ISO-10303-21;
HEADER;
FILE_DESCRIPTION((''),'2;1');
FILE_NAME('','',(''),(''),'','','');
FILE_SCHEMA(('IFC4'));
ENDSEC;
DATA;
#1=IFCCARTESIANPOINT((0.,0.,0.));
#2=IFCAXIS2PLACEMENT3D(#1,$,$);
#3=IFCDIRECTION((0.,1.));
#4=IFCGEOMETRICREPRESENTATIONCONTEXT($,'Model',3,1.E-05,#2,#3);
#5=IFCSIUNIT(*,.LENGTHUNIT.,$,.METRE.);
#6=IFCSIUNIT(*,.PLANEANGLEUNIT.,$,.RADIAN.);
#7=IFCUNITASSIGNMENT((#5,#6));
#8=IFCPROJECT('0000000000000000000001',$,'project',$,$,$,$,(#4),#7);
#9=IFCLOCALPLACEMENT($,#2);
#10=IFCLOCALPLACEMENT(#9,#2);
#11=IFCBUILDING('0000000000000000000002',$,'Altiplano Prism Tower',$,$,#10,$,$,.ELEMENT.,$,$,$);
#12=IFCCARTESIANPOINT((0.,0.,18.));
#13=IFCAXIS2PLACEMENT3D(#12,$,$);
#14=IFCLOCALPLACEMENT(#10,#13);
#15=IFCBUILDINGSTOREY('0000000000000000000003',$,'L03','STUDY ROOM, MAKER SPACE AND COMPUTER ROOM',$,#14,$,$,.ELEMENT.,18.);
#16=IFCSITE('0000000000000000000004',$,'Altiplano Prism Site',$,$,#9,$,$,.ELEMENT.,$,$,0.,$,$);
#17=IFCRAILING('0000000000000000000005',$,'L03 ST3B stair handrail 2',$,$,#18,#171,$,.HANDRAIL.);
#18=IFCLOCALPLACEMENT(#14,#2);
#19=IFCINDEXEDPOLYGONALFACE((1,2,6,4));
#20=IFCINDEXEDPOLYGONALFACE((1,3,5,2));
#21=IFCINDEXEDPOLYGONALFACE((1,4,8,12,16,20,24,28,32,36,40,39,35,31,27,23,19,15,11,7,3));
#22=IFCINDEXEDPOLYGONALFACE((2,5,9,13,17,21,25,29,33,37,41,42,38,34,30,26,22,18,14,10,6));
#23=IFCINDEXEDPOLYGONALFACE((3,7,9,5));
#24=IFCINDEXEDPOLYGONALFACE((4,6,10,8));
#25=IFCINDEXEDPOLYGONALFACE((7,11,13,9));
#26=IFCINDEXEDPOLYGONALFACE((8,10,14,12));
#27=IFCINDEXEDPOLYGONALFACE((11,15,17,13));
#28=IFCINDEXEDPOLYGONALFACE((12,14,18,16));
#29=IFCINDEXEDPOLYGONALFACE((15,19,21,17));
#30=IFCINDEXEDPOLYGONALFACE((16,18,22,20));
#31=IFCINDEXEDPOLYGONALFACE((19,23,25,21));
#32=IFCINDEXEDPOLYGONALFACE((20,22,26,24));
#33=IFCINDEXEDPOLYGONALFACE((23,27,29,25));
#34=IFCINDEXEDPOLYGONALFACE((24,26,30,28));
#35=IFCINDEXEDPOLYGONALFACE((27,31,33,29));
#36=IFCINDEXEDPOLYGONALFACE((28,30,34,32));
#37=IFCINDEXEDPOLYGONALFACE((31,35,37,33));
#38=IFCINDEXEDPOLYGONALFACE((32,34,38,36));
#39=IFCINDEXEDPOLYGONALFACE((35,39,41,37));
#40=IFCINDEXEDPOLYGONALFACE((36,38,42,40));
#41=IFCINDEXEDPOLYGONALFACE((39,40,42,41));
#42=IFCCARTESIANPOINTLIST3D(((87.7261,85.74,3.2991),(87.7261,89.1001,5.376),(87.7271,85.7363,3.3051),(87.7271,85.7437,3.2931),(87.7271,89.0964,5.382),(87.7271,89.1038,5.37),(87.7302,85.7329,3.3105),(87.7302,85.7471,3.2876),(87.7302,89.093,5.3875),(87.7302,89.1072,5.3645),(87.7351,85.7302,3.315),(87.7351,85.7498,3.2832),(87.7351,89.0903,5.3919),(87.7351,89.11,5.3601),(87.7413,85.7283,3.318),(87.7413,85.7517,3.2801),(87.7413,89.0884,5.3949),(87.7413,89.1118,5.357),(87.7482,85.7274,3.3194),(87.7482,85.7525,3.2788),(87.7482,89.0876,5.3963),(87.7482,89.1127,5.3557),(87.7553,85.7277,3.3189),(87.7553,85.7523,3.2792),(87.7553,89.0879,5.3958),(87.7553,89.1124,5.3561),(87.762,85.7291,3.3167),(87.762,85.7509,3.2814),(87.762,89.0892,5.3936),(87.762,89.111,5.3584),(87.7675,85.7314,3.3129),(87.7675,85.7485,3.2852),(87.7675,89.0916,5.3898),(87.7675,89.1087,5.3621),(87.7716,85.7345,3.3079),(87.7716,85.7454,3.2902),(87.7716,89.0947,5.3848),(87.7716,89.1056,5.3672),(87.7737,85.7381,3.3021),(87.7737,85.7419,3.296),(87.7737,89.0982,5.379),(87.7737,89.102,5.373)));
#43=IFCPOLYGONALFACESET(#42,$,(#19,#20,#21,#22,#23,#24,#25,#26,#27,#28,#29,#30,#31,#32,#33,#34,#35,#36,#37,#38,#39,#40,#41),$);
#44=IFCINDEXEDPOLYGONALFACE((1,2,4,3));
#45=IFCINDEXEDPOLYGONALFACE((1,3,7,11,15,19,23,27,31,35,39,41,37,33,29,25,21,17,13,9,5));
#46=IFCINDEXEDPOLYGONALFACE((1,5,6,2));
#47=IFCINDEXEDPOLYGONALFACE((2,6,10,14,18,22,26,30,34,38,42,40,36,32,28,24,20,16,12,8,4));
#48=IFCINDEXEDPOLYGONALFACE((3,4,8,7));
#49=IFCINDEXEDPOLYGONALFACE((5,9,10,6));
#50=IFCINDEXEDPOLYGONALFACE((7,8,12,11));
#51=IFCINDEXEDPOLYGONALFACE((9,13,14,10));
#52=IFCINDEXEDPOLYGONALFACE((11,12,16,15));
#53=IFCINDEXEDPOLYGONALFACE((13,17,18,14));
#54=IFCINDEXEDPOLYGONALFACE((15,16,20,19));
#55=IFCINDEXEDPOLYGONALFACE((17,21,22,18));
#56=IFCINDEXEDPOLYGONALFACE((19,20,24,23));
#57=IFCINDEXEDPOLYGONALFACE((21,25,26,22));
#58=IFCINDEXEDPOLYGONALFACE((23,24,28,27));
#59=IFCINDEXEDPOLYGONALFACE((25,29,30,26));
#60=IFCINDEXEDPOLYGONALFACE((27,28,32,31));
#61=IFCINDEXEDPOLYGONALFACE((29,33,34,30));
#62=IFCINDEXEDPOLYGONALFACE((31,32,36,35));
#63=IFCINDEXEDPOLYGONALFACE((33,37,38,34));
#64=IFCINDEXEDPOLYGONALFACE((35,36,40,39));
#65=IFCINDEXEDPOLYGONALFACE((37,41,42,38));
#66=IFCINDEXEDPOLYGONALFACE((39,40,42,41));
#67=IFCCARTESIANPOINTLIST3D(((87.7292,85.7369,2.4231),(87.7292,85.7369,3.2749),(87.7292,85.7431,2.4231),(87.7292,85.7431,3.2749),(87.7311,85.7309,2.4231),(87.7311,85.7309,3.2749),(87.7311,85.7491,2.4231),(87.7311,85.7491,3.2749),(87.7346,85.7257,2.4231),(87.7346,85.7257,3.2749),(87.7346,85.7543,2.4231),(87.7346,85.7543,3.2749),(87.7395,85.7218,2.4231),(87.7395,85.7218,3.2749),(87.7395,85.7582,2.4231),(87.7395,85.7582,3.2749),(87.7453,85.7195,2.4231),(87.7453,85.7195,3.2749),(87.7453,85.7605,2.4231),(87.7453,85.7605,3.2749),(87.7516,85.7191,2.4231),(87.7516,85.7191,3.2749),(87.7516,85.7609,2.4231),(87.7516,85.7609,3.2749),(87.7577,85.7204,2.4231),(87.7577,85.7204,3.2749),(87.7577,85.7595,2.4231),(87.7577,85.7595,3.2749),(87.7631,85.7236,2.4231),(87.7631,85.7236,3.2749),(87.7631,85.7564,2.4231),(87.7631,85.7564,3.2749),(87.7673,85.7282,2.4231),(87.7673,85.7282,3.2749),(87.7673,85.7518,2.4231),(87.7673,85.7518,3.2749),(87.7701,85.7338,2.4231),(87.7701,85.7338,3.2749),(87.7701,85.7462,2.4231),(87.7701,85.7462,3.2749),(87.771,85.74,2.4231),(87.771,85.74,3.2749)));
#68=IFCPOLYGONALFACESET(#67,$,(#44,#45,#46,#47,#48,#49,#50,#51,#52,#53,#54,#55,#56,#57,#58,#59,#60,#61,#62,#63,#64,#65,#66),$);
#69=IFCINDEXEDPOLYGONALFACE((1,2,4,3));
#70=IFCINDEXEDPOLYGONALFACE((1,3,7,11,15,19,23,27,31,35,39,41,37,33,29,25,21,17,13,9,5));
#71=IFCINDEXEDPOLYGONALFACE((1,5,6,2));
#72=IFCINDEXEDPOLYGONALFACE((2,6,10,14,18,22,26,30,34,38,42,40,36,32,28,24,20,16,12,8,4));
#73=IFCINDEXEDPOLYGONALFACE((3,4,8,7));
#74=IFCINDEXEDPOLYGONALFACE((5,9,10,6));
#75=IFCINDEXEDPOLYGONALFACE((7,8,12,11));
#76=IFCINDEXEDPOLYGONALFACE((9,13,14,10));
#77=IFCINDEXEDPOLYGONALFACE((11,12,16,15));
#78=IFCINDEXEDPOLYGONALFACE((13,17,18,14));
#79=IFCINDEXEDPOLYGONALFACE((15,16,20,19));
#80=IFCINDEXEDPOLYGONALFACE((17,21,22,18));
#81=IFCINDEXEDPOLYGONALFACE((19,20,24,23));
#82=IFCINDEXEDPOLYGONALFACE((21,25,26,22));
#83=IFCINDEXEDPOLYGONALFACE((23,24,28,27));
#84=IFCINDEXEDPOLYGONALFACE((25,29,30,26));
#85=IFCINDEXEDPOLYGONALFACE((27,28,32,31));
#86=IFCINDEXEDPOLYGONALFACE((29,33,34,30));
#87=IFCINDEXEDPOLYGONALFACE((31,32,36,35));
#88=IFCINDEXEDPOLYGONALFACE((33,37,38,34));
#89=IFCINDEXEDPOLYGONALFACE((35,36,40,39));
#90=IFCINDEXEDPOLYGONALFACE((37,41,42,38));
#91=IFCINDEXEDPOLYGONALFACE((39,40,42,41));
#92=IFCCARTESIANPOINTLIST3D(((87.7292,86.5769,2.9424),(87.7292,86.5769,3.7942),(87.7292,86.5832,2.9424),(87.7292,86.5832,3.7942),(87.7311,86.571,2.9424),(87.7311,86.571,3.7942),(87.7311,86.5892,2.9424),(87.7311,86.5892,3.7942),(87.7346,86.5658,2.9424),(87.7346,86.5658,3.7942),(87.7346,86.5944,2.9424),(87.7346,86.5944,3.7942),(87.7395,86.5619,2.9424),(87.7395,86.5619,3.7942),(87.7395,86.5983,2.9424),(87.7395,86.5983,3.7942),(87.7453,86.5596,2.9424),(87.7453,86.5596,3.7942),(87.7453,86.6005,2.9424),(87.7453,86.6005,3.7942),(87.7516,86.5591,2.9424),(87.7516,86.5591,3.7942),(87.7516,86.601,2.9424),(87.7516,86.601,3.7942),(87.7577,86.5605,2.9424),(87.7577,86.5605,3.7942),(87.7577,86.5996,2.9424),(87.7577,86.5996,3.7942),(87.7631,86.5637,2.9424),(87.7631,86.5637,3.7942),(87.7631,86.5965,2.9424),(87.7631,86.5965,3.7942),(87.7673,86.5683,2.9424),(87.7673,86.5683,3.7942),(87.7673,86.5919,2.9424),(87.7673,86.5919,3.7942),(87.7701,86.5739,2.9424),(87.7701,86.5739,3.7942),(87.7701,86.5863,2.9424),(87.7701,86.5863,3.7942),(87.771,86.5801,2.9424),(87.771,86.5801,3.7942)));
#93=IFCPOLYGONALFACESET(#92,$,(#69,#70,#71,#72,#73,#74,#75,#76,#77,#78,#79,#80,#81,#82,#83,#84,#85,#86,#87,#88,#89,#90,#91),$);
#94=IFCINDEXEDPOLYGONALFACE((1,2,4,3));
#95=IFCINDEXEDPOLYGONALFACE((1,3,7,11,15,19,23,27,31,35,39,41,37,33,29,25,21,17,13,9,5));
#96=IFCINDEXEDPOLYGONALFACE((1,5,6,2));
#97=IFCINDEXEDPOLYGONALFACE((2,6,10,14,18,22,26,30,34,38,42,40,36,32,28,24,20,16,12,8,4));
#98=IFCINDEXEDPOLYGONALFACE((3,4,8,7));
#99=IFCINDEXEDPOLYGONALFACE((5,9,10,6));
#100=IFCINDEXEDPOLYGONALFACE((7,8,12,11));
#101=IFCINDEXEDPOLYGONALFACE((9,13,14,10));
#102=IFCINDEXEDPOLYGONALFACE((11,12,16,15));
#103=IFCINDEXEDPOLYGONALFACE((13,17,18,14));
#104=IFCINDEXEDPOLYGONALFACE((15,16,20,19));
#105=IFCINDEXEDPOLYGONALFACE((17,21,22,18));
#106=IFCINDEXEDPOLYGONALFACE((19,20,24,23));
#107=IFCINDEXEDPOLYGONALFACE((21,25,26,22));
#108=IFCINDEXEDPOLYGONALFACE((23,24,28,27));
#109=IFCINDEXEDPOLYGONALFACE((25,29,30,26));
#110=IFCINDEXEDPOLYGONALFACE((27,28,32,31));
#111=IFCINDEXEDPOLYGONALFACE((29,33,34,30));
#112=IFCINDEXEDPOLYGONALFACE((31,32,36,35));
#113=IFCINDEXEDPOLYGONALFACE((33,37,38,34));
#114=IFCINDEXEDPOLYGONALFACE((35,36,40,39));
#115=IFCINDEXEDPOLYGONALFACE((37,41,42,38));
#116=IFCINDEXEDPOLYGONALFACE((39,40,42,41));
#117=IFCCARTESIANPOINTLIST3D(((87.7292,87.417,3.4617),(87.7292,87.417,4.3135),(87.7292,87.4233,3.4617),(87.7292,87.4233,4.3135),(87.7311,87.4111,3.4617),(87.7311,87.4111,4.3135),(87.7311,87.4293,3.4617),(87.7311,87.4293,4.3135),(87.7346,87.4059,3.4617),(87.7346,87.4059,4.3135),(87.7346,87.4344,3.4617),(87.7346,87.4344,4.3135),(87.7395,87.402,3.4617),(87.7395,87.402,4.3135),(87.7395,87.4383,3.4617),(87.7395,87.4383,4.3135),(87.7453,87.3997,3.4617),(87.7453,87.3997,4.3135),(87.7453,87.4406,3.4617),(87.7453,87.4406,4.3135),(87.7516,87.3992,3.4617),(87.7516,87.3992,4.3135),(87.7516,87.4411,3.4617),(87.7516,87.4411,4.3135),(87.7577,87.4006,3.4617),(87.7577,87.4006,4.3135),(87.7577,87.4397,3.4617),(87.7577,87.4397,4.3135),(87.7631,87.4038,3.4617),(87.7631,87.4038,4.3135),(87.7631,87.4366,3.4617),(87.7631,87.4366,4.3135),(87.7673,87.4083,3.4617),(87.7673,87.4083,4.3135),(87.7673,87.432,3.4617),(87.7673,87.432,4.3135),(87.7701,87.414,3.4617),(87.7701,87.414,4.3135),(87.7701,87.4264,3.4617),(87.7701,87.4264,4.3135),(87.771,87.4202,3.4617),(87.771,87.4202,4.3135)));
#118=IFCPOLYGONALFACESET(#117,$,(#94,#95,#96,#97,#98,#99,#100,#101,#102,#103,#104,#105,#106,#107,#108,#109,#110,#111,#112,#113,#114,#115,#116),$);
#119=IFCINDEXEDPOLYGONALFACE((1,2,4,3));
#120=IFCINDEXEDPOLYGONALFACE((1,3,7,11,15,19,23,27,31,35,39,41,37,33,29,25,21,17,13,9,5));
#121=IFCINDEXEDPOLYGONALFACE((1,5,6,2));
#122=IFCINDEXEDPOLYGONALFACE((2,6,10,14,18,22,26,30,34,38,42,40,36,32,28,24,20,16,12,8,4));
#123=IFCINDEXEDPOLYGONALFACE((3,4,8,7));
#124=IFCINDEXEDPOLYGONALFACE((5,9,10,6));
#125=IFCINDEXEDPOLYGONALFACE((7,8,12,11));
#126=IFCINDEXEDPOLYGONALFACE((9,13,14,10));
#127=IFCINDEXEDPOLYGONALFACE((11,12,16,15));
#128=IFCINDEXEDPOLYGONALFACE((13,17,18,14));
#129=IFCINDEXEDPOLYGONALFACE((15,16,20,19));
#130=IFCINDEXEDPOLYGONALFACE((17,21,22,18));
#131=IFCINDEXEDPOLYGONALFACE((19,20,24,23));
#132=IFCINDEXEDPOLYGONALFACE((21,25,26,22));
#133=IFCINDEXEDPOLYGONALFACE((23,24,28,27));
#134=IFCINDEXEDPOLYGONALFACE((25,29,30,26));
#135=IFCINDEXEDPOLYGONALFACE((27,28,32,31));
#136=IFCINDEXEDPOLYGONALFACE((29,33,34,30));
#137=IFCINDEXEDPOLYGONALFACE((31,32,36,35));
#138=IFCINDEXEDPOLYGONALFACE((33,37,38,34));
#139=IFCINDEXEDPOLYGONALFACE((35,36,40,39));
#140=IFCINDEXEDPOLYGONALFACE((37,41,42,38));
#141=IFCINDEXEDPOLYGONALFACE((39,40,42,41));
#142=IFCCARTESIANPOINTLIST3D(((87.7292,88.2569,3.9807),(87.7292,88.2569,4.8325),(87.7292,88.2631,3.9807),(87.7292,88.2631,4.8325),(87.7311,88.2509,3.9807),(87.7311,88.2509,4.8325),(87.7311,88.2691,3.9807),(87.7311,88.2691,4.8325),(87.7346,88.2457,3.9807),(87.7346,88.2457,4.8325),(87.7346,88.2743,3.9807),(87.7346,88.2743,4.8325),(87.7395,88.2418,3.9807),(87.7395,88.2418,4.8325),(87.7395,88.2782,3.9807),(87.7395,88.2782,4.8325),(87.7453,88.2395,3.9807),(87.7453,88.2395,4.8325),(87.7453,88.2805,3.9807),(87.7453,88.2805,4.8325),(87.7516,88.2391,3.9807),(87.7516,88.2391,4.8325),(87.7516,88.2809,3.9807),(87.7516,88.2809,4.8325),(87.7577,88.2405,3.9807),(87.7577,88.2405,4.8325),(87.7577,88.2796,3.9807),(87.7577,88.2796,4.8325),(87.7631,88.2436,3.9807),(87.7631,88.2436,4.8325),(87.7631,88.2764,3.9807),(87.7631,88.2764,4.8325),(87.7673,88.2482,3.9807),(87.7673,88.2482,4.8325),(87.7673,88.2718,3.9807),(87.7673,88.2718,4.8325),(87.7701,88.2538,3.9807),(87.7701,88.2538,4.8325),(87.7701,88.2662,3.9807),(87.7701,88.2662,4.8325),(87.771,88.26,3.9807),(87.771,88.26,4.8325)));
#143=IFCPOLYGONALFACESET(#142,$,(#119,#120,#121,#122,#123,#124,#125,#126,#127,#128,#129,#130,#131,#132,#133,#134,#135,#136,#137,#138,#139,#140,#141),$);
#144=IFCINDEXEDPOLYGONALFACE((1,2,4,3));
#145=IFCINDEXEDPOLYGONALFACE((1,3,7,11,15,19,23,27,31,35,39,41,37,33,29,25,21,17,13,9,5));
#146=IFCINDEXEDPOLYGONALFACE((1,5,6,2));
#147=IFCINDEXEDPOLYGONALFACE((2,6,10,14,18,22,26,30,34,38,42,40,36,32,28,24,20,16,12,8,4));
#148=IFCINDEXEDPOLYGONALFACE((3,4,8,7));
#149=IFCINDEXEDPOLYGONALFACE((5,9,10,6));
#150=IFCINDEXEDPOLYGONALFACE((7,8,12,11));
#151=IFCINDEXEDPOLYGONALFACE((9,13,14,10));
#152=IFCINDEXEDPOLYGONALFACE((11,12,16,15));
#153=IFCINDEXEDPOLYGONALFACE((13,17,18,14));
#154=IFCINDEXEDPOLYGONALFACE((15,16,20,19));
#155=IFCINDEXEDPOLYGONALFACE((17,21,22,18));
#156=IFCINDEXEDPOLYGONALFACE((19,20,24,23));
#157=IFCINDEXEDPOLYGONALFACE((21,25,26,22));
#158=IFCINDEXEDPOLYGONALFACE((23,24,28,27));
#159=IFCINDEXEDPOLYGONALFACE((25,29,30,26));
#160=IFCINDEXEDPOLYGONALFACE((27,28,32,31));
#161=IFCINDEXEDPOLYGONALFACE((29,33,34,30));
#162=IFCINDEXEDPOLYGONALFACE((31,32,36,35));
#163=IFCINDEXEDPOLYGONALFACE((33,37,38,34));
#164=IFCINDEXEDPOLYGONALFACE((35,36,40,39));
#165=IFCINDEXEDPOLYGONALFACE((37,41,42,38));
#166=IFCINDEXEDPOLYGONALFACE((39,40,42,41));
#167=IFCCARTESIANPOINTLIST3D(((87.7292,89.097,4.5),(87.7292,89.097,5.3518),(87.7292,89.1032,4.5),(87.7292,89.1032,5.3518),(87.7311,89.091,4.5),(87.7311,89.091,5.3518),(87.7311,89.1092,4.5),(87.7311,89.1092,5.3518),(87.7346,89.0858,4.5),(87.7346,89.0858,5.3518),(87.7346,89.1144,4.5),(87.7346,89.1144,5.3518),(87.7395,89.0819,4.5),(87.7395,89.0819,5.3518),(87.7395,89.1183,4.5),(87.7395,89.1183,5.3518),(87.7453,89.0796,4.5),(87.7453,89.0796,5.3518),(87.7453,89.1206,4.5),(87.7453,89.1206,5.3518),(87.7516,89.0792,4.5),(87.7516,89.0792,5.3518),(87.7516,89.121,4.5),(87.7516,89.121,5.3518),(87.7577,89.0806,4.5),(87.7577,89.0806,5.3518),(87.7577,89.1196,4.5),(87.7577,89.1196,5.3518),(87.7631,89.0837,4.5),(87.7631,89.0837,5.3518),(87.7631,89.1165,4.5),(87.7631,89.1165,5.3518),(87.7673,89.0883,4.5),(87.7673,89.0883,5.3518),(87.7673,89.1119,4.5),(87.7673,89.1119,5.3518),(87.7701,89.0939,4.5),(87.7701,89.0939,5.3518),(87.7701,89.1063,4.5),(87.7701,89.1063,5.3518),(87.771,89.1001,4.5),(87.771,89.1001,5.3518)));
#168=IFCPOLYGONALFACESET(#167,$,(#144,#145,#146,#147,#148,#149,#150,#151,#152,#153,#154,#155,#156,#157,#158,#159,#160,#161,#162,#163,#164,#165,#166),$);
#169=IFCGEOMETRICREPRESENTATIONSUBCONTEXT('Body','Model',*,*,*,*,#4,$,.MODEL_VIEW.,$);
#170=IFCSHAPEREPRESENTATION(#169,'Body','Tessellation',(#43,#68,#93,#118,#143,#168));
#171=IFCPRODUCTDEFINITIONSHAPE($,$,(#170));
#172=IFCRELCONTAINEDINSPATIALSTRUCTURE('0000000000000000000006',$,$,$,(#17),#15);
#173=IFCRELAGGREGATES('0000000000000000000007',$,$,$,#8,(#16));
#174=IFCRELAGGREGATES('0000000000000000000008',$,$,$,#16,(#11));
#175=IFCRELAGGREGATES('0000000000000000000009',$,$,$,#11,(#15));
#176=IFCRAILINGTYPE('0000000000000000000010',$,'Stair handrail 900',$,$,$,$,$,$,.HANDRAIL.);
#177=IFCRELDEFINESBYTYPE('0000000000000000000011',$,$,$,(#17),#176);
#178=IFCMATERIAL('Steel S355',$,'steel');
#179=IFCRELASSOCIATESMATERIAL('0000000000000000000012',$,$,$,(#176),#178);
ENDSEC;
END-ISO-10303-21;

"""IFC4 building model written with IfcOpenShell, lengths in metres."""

from ifc_helpers import new_model, si_unit, direction, frame, origin, origin_2d, place, context, subcontext, project, spatial, circle, extrude, material, type_object, element, save


model = new_model("IFC4")

# Units and contexts
model_context = context("Model", 3, precision=1e-05, world=origin(), true_north=direction((0.0, 1.0)))
body_context = subcontext(model_context, "Body", "Model", "MODEL_VIEW")
ifc_project = project(units=[si_unit("LENGTHUNIT", "METRE"), si_unit("PLANEANGLEUNIT", "RADIAN")], contexts=[model_context])

# Site, building, storey
site_placement = place(None, origin())
site = spatial("IfcSite", under=ifc_project, at=site_placement, Name="Altiplano Prism Site", CompositionType="ELEMENT", RefElevation=0.0)
building_placement = place(site_placement, origin())
building = spatial("IfcBuilding", under=site, at=building_placement, Name="Altiplano Prism Tower", CompositionType="ELEMENT")
storey_placement = place(building_placement, frame((0.0, 0.0, 18.0)))
storey = spatial("IfcBuildingStorey", under=building, at=storey_placement, Name="L03", Description="STUDY ROOM, MAKER SPACE AND COMPUTER ROOM", CompositionType="ELEMENT", Elevation=18.0)

# Railing
ifc_material_1 = material(Name="Steel S355", Category="steel")
railing_type_1 = type_object("IfcRailingType", Name="Stair handrail 900", PredefinedType="HANDRAIL", material=ifc_material_1)
railing_1_placement = place(storey_placement, frame((87.75, 85.74, 2.4231)))
element("IfcRailing", 1, at=railing_1_placement, inside=storey, type_object=railing_type_1, Name="L03 ST3B stair handrail 2", PredefinedType="HANDRAIL", context=body_context, shape_type="SweptSolid", body=[
    extrude(circle(Radius=0.0239, at=origin_2d()), frame((0.0, 0.0, 0.876), z_axis=(0.0, 0.850623, 0.525776), x_axis=(-1.0, 0.0, 0.0)), (0.0, 0.0, 1.0), 3.9502),
    extrude(circle(Radius=0.021, at=origin_2d()), origin(), (0.0, 0.0, 1.0), 0.8518),
    extrude(circle(Radius=0.021, at=origin_2d()), frame((0.0, 0.8401, 0.5193)), (0.0, 0.0, 1.0), 0.8518),
    extrude(circle(Radius=0.021, at=origin_2d()), frame((0.0, 1.6802, 1.0386)), (0.0, 0.0, 1.0), 0.8518),
    extrude(circle(Radius=0.021, at=origin_2d()), frame((0.0, 2.52, 1.5576)), (0.0, 0.0, 1.0), 0.8518),
    extrude(circle(Radius=0.021, at=origin_2d()), frame((0.0, 3.3601, 2.0769)), (0.0, 0.0, 1.0), 0.8518),
])

save(model, "model.ifc")
